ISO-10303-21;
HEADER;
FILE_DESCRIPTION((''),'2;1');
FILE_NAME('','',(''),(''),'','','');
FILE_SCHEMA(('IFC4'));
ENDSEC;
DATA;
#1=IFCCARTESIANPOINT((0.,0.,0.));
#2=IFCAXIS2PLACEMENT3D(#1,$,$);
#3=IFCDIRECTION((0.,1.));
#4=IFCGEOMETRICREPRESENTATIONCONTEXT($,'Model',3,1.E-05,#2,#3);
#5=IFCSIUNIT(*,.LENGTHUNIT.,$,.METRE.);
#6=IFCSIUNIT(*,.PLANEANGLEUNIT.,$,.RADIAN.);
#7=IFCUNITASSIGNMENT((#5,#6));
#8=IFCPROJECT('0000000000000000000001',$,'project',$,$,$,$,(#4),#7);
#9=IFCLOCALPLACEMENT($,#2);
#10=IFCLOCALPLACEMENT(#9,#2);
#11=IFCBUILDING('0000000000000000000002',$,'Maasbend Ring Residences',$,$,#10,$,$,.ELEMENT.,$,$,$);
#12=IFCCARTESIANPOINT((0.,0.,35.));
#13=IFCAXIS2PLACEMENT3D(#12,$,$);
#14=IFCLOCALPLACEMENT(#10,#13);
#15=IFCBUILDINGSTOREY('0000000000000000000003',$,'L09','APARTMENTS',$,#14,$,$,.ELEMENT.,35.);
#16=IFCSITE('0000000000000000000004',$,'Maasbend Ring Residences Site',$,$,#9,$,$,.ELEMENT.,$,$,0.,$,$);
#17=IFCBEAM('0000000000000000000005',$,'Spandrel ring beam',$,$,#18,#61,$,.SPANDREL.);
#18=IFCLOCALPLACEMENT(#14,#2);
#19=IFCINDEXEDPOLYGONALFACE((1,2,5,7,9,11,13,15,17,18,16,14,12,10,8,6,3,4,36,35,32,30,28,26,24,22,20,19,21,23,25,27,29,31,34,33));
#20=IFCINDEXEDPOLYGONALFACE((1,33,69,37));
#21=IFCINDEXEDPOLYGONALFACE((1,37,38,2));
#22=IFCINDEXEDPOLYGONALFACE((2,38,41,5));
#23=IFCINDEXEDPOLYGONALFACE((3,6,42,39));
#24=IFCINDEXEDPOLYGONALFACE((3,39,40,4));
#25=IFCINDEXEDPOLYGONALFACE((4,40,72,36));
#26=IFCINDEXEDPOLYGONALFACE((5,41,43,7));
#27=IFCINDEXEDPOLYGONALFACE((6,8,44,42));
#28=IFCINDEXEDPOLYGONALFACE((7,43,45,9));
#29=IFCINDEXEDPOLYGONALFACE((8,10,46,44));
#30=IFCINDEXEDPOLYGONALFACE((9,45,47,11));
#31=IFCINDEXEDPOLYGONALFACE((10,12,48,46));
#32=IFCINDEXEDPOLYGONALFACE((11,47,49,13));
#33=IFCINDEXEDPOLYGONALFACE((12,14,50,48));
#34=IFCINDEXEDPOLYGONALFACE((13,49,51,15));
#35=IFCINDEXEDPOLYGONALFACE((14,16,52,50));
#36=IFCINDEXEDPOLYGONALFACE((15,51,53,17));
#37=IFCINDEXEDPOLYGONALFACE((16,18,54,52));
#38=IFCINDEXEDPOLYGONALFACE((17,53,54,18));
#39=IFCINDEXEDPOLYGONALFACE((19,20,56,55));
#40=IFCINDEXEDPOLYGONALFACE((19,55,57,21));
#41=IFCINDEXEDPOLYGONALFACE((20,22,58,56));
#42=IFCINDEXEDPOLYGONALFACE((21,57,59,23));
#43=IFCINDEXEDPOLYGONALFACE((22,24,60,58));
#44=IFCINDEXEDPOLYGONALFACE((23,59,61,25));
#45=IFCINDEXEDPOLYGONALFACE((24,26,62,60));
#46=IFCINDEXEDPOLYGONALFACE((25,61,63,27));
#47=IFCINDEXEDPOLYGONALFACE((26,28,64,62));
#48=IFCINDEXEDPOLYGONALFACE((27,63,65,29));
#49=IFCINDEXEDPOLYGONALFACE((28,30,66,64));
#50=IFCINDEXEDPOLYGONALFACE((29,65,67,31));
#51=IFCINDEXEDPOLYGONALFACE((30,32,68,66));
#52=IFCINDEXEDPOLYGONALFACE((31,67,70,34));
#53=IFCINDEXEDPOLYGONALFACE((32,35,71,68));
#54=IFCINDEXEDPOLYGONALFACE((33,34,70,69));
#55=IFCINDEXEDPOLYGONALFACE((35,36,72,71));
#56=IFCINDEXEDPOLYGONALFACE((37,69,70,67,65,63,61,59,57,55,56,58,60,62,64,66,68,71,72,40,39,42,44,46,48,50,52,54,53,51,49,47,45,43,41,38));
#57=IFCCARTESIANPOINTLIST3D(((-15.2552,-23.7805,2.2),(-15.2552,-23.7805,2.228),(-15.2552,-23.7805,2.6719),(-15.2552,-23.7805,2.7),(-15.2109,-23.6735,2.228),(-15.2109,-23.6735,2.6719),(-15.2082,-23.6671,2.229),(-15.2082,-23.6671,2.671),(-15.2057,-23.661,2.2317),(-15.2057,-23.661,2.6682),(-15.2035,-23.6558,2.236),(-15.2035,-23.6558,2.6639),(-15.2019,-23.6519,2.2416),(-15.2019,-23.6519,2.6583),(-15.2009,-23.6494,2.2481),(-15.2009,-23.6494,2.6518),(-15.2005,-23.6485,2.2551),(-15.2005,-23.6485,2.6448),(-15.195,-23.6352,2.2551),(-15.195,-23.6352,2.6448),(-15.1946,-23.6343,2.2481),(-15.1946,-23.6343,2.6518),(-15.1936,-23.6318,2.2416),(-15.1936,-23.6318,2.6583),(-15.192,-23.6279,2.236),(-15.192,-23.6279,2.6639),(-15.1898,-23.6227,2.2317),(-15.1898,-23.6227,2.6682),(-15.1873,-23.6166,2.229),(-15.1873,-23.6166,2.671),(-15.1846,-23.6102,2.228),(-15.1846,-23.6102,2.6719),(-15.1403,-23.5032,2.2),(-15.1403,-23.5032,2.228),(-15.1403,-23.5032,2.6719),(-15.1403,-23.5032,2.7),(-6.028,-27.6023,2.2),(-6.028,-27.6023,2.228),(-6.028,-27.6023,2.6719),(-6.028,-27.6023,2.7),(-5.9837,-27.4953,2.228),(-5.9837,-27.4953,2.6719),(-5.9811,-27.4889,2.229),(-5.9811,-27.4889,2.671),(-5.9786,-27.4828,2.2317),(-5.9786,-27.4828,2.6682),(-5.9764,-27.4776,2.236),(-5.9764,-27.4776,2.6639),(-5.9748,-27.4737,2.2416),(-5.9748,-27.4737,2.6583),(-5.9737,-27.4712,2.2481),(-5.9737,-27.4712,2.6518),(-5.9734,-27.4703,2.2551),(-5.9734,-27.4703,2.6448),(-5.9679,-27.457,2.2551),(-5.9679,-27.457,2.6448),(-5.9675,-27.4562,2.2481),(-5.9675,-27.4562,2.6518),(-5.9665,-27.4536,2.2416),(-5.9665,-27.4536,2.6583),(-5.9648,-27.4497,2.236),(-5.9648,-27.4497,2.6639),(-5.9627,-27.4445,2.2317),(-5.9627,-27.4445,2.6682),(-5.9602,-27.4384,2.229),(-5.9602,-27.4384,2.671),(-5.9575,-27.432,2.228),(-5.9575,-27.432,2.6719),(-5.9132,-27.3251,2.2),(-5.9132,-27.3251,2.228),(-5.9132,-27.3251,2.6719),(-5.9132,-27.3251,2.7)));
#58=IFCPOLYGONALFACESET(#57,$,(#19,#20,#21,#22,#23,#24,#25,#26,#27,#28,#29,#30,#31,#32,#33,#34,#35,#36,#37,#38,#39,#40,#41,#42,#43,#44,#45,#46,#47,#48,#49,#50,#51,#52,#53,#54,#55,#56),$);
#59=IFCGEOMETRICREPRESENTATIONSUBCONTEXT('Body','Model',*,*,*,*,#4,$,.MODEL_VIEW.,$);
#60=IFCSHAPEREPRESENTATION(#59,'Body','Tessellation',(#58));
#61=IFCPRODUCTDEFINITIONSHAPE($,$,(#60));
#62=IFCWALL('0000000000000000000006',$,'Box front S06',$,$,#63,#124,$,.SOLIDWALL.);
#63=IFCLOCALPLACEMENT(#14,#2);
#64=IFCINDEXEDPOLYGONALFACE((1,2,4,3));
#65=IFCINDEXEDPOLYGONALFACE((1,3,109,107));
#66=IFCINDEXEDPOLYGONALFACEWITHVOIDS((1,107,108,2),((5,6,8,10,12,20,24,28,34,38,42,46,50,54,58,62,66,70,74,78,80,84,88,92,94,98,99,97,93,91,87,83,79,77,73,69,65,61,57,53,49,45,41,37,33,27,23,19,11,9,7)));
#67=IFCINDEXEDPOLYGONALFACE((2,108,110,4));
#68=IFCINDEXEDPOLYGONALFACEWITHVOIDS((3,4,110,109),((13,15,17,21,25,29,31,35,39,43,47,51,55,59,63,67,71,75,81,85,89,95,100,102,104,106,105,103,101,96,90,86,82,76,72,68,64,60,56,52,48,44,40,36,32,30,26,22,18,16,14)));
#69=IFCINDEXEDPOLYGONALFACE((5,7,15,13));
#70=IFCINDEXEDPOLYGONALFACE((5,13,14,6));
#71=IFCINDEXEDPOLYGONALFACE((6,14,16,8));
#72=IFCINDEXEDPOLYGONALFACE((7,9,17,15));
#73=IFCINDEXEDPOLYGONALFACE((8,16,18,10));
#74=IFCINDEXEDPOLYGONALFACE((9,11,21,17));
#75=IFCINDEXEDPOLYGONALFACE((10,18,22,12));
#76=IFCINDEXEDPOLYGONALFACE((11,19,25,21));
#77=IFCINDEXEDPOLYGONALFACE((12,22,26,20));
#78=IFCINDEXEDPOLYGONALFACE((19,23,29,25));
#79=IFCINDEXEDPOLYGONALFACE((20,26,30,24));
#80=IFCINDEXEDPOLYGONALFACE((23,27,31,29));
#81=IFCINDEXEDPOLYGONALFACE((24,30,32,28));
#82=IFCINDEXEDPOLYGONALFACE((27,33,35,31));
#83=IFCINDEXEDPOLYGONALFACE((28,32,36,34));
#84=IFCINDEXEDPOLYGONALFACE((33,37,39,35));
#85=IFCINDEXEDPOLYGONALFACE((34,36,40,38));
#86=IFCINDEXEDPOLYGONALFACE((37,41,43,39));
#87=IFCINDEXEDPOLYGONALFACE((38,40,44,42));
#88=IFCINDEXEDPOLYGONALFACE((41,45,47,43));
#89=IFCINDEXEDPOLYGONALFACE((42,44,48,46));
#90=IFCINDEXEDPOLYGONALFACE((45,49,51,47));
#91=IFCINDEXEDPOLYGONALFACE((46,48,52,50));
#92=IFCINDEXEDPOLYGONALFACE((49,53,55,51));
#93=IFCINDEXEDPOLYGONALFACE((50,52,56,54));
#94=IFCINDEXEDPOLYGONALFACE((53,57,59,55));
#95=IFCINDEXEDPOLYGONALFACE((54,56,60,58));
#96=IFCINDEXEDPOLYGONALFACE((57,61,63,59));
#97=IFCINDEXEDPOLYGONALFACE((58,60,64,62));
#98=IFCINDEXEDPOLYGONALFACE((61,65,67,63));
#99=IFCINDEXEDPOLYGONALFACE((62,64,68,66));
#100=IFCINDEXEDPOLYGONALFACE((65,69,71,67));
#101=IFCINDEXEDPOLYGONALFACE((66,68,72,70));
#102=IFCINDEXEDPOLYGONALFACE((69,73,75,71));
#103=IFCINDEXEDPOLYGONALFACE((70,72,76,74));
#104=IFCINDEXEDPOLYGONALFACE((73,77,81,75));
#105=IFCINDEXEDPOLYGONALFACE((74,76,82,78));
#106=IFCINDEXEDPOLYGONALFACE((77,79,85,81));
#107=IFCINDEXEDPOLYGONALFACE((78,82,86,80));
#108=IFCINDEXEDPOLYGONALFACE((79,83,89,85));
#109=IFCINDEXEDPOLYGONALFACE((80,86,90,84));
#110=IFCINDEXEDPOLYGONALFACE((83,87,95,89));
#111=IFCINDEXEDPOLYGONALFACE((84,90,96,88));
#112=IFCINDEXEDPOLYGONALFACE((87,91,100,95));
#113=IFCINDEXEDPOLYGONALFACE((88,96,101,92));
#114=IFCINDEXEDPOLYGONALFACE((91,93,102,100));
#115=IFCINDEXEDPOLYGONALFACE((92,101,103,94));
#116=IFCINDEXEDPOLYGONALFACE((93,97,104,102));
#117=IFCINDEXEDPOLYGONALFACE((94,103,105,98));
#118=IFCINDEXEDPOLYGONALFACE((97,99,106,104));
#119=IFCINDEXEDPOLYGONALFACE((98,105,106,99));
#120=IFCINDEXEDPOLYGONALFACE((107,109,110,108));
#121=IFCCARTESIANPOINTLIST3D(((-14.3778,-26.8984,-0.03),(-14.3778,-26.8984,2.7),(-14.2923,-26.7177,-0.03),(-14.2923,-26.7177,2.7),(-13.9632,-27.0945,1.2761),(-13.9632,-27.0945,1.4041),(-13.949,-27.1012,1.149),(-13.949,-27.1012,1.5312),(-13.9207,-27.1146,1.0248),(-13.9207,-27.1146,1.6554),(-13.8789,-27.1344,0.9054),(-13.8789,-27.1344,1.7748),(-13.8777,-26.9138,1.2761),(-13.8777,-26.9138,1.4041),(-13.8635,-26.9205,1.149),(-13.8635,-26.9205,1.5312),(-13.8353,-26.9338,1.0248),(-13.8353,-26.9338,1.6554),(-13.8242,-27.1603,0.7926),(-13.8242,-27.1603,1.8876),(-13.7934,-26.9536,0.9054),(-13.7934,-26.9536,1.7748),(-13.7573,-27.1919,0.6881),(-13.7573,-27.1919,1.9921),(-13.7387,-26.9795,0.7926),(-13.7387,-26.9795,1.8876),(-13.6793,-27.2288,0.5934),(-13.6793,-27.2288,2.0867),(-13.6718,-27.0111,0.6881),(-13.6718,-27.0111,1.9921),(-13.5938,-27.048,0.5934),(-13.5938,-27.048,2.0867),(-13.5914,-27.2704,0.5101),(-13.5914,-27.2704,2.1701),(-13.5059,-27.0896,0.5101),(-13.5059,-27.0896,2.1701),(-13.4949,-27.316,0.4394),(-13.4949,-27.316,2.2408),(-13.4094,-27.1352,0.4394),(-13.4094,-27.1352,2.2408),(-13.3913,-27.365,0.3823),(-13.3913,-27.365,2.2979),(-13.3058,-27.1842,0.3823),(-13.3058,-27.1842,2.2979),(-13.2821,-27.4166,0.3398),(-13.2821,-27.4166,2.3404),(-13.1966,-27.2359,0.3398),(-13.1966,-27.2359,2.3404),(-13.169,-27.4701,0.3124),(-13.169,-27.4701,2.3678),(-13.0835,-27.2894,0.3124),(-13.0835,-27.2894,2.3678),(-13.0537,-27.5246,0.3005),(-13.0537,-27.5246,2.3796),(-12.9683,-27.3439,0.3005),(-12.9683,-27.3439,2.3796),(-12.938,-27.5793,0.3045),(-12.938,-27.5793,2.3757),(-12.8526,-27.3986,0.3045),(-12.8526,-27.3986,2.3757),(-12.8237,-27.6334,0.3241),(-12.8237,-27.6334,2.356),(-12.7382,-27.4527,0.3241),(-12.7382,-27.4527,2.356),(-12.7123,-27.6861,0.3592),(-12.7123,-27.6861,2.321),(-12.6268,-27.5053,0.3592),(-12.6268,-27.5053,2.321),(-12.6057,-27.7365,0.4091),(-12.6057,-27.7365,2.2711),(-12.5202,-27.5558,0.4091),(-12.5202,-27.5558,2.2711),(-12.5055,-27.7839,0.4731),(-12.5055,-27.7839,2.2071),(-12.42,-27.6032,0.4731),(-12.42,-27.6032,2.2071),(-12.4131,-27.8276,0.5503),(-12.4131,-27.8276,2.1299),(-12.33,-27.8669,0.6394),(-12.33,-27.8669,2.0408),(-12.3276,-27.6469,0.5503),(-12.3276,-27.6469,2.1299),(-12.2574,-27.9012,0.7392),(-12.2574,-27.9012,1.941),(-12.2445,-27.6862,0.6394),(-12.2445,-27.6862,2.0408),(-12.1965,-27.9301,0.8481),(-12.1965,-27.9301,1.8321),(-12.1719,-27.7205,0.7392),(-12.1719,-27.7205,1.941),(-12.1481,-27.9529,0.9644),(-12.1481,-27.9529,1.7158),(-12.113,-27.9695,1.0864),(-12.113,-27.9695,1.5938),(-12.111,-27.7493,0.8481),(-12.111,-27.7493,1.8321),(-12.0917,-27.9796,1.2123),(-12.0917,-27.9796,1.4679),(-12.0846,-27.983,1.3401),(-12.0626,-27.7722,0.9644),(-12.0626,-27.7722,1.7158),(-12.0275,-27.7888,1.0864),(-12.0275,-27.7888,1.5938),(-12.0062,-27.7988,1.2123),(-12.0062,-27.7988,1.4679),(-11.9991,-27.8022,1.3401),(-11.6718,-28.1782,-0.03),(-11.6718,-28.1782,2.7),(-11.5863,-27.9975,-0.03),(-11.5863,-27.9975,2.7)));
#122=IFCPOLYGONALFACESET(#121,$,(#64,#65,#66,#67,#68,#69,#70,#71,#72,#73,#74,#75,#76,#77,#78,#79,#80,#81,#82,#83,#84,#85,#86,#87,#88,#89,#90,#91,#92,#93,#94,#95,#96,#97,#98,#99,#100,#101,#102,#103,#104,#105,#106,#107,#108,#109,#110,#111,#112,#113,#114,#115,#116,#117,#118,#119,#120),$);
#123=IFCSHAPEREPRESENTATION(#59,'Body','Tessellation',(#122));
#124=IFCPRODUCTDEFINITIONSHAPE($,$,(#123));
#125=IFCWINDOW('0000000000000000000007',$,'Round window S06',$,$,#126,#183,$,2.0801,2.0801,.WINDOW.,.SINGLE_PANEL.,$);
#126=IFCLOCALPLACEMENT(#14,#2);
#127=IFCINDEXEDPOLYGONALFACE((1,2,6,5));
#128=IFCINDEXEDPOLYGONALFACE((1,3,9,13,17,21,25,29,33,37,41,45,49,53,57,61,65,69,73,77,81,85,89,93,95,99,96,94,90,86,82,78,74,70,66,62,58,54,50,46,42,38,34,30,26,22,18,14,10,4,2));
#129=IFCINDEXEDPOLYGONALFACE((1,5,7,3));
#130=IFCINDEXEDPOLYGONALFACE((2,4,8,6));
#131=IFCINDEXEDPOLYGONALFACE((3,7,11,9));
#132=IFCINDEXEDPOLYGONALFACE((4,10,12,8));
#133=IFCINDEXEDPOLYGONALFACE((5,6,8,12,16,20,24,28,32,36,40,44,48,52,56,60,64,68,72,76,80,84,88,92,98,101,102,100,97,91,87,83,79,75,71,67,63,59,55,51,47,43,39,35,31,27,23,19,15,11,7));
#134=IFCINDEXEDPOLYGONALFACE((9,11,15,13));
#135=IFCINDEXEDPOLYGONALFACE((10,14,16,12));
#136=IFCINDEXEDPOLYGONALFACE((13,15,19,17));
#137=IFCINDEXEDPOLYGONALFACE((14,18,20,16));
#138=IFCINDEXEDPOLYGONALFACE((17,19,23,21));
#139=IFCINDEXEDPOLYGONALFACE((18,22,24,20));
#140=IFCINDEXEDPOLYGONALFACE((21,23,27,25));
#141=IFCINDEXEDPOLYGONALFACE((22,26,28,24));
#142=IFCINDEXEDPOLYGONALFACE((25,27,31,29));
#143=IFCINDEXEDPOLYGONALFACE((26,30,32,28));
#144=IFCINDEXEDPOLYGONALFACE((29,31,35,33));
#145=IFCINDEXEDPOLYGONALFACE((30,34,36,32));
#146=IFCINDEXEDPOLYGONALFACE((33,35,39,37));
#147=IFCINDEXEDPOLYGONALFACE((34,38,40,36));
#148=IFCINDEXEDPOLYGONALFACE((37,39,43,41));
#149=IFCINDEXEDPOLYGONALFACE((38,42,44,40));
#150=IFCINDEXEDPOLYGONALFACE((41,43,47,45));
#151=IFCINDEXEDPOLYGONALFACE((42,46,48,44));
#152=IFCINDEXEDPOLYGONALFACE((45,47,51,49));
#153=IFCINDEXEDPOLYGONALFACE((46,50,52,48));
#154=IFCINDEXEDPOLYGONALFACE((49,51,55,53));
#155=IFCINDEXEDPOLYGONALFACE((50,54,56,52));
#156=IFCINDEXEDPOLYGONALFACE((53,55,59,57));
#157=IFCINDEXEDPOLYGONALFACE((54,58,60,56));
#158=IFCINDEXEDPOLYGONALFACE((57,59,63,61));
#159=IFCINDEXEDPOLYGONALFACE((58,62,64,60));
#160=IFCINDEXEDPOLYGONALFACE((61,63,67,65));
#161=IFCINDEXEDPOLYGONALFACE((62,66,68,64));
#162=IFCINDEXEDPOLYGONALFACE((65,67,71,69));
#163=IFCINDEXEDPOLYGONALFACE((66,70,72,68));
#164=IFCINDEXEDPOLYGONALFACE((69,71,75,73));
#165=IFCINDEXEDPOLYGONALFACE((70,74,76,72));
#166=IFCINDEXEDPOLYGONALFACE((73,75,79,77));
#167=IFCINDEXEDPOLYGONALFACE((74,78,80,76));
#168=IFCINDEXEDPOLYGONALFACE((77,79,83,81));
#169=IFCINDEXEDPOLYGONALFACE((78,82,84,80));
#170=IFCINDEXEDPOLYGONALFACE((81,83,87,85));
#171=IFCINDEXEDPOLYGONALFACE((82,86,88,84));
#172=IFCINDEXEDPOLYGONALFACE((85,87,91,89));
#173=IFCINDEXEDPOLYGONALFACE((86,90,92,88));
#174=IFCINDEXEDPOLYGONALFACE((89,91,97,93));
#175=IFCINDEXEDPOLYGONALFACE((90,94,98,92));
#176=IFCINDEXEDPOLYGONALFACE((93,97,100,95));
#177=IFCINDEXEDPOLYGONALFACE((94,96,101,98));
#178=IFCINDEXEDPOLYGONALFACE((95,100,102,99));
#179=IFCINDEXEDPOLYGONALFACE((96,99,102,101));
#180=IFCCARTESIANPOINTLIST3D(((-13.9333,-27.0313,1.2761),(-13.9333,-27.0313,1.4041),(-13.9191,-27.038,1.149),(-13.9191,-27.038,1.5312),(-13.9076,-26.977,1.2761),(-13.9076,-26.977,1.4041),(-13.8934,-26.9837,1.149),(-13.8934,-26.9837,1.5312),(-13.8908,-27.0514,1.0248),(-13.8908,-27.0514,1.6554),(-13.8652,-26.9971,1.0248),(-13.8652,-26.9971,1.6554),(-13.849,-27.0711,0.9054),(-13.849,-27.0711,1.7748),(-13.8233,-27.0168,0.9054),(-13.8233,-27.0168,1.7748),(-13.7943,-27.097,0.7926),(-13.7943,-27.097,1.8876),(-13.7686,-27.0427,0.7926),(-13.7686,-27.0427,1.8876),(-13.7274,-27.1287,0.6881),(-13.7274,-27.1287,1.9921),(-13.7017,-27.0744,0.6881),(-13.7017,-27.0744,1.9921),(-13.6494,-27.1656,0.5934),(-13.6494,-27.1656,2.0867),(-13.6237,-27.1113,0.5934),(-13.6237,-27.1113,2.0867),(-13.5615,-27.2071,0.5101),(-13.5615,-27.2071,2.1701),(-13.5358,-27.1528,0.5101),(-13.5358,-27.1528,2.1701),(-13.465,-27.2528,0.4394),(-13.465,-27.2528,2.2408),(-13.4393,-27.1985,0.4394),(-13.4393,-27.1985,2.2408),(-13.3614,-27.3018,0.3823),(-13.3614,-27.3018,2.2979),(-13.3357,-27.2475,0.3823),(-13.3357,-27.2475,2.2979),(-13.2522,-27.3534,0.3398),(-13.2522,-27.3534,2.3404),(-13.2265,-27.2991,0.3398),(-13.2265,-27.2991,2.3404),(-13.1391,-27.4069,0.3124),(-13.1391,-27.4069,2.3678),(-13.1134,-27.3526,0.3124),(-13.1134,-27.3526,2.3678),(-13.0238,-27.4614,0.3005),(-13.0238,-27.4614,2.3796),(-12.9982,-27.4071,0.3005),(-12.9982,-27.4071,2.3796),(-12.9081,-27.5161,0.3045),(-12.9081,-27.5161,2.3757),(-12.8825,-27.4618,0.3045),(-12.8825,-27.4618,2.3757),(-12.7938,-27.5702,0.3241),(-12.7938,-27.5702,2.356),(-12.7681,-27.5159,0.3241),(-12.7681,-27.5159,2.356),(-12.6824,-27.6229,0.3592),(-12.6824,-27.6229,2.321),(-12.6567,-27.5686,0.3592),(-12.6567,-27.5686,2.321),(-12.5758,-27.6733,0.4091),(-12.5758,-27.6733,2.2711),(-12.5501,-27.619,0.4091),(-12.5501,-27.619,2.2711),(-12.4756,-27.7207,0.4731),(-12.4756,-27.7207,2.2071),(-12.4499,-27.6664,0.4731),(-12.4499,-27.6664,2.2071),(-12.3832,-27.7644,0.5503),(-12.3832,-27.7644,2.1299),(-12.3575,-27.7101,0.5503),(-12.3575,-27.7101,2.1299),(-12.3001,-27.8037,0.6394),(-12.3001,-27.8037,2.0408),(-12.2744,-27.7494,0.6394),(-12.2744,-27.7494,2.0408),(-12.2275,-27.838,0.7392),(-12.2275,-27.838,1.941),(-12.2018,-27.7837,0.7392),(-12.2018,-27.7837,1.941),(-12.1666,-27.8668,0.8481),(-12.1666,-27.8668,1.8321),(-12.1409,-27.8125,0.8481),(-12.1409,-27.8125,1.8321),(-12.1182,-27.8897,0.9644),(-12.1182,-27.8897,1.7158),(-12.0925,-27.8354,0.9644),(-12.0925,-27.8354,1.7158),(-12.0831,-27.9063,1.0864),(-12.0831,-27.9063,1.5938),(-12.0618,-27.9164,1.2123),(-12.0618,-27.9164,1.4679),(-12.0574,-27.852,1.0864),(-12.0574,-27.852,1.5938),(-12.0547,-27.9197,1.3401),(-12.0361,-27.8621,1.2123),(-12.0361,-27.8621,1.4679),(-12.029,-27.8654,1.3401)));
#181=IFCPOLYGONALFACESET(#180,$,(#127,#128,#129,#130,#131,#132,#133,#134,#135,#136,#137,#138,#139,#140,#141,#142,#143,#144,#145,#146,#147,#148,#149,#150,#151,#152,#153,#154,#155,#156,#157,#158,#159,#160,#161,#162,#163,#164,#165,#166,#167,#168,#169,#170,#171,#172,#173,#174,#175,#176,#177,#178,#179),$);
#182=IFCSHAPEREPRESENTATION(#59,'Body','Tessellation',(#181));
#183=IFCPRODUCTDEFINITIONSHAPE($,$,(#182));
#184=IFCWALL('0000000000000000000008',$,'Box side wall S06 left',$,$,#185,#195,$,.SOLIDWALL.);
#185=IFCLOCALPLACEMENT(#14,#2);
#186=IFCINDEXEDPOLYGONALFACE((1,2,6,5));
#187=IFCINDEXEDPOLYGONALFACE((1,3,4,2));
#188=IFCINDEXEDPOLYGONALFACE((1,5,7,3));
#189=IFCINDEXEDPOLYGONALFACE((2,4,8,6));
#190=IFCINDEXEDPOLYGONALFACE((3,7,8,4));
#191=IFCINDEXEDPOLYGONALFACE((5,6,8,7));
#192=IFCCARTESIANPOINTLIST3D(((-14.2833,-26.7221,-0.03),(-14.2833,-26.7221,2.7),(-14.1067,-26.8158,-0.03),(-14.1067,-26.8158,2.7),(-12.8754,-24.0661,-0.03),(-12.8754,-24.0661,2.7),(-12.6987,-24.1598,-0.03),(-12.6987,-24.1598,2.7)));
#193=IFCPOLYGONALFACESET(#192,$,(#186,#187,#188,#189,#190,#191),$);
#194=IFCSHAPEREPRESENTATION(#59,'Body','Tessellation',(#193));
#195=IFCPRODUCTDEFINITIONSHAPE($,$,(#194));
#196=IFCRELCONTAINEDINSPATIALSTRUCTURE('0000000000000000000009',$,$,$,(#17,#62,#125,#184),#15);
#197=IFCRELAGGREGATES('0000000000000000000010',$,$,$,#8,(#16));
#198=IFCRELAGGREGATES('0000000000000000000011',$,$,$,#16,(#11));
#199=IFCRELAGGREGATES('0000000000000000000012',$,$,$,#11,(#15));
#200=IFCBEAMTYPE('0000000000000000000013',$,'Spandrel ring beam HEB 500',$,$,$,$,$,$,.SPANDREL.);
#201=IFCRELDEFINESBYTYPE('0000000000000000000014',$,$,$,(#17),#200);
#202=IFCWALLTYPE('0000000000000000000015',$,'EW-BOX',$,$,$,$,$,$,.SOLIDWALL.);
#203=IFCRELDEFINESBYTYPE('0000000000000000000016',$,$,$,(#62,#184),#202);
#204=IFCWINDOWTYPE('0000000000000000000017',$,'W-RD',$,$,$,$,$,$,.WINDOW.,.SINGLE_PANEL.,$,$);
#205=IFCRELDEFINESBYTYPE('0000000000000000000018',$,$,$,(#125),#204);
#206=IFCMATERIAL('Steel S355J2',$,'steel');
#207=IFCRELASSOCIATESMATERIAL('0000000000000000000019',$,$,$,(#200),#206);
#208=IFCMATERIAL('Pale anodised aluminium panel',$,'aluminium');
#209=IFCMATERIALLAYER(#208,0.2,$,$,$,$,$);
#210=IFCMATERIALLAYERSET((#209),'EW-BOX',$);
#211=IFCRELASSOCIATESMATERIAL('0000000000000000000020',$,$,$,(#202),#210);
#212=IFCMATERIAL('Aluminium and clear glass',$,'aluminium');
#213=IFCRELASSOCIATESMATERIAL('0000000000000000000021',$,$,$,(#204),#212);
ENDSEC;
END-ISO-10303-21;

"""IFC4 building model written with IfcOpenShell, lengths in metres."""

from ifc_helpers import new_model, si_unit, direction, frame, frame_2d, origin, origin_2d, place, context, subcontext, project, spatial, rectangle, circle, i_section, extrude, material, layer, layer_set, material_profile, profile_set, type_object, element, fill, save


model = new_model("IFC4")

# Units and contexts
model_context = context("Model", 3, precision=1e-05, world=origin(), true_north=direction((0.0, 1.0)))
body_context = subcontext(model_context, "Body", "Model", "MODEL_VIEW")
ifc_project = project(units=[si_unit("LENGTHUNIT", "METRE"), si_unit("PLANEANGLEUNIT", "RADIAN")], contexts=[model_context])

# Site, building, storey
site_placement = place(None, origin())
site = spatial("IfcSite", under=ifc_project, at=site_placement, Name="Maasbend Ring Residences Site", CompositionType="ELEMENT", RefElevation=0.0)
building_placement = place(site_placement, origin())
building = spatial("IfcBuilding", under=site, at=building_placement, Name="Maasbend Ring Residences", CompositionType="ELEMENT")
storey_placement = place(building_placement, frame((0.0, 0.0, 35.0)))
storey = spatial("IfcBuildingStorey", under=building, at=storey_placement, Name="L09", Description="APARTMENTS", CompositionType="ELEMENT", Elevation=35.0)

# Beam
ifc_material_1 = material(Name="Steel S355J2", Category="steel")
ifc_material_profile_1 = material_profile(ifc_material_1, i_section(OverallWidth=0.3, OverallDepth=0.5, WebThickness=0.0144, FlangeThickness=0.0281, FilletRadius=0.0271, at=origin_2d()), Name="HEB 500")
ifc_profile_set_1 = profile_set([ifc_material_profile_1], Name="Steel S355J2")
beam_type_1 = type_object("IfcBeamType", Name="Spandrel ring beam HEB 500", PredefinedType="SPANDREL", material=ifc_profile_set_1)
beam_1_placement = place(storey_placement, frame((-15.1978, -23.6418, 2.45), z_axis=(0.923886, -0.382667, 0.0), x_axis=(0.382667, 0.923886, 0.0)))
element("IfcBeam", 1, at=beam_1_placement, inside=storey, type_object=beam_type_1, Name="Spandrel ring beam", PredefinedType="SPANDREL", context=body_context, shape_type="SweptSolid", body=[
    extrude(i_section(OverallWidth=0.3, OverallDepth=0.5, WebThickness=0.0144, FlangeThickness=0.0281, FilletRadius=0.0271, at=origin_2d()), origin(), (0.0, 0.0, 1.0), 9.9873),
])

# Wall, opening, window
ifc_material_2 = material(Name="Pale anodised aluminium panel", Category="aluminium")
ifc_layer_1 = layer(ifc_material_2, 0.2)
ifc_layer_set_1 = layer_set([ifc_layer_1], Name="EW-BOX")
wall_type_1 = type_object("IfcWallType", Name="EW-BOX", PredefinedType="SOLIDWALL", material=ifc_layer_set_1)
wall_1_placement = place(storey_placement, frame((-14.335, -26.8081, -0.03), z_axis=(0.0, 0.0, 1.0), x_axis=(0.904, -0.427532, 0.0)))
wall_1 = element("IfcWall", 2, at=wall_1_placement, inside=storey, type_object=wall_type_1, Name="Box front S06", PredefinedType="SOLIDWALL", context=body_context, shape_type="SweptSolid", body=[
    extrude(rectangle(XDim=2.9934, YDim=0.2, at=frame_2d((1.4966, 0.0))), origin(), (0.0, 0.0, 1.0), 2.73),
])
opening_1_placement = place(wall_1_placement, frame((0.4565, 0.0, 0.3301)))
opening_1 = element("IfcOpeningElement", 3, at=opening_1_placement, cuts=wall_1, PredefinedType="OPENING", context=body_context, shape_type="SweptSolid", body=[
    extrude(circle(Radius=1.04, at=frame_2d((1.04, 1.04))), frame((0.0, 0.1099, 0.0), z_axis=(0.0, -1.0, 0.0), x_axis=(1.0, 0.0, 0.0)), (0.0, 0.0, 1.0), 0.22),
])
ifc_material_3 = material(Name="Aluminium and clear glass", Category="aluminium")
window_type_1 = type_object("IfcWindowType", Name="W-RD", PartitioningType="SINGLE_PANEL", PredefinedType="WINDOW", material=ifc_material_3)
window_1_placement = place(opening_1_placement, origin())
window_1 = element("IfcWindow", 4, at=window_1_placement, inside=storey, type_object=window_type_1, Name="Round window S06", OverallHeight=2.0801, OverallWidth=2.0801, PartitioningType="SINGLE_PANEL", PredefinedType="WINDOW", context=body_context, shape_type="SweptSolid", body=[
    extrude(circle(Radius=1.04, at=frame_2d((1.04, 1.04))), frame((0.0, 0.03, 0.0), z_axis=(0.0, -1.0, 0.0), x_axis=(1.0, 0.0, 0.0)), (0.0, 0.0, 1.0), 0.0601),
])
fill(opening_1, window_1)

# Wall
wall_2_placement = place(storey_placement, frame((-12.7871, -24.113, -0.03), z_axis=(0.0, 0.0, 1.0), x_axis=(-0.468365, -0.883535, 0.0)))
element("IfcWall", 5, at=wall_2_placement, inside=storey, type_object=wall_type_1, Name="Box side wall S06 left", PredefinedType="SOLIDWALL", context=body_context, shape_type="SweptSolid", body=[
    extrude(rectangle(XDim=3.0061, YDim=0.2, at=frame_2d((1.5029, 0.0))), origin(), (0.0, 0.0, 1.0), 2.73),
])

save(model, "model.ifc")
